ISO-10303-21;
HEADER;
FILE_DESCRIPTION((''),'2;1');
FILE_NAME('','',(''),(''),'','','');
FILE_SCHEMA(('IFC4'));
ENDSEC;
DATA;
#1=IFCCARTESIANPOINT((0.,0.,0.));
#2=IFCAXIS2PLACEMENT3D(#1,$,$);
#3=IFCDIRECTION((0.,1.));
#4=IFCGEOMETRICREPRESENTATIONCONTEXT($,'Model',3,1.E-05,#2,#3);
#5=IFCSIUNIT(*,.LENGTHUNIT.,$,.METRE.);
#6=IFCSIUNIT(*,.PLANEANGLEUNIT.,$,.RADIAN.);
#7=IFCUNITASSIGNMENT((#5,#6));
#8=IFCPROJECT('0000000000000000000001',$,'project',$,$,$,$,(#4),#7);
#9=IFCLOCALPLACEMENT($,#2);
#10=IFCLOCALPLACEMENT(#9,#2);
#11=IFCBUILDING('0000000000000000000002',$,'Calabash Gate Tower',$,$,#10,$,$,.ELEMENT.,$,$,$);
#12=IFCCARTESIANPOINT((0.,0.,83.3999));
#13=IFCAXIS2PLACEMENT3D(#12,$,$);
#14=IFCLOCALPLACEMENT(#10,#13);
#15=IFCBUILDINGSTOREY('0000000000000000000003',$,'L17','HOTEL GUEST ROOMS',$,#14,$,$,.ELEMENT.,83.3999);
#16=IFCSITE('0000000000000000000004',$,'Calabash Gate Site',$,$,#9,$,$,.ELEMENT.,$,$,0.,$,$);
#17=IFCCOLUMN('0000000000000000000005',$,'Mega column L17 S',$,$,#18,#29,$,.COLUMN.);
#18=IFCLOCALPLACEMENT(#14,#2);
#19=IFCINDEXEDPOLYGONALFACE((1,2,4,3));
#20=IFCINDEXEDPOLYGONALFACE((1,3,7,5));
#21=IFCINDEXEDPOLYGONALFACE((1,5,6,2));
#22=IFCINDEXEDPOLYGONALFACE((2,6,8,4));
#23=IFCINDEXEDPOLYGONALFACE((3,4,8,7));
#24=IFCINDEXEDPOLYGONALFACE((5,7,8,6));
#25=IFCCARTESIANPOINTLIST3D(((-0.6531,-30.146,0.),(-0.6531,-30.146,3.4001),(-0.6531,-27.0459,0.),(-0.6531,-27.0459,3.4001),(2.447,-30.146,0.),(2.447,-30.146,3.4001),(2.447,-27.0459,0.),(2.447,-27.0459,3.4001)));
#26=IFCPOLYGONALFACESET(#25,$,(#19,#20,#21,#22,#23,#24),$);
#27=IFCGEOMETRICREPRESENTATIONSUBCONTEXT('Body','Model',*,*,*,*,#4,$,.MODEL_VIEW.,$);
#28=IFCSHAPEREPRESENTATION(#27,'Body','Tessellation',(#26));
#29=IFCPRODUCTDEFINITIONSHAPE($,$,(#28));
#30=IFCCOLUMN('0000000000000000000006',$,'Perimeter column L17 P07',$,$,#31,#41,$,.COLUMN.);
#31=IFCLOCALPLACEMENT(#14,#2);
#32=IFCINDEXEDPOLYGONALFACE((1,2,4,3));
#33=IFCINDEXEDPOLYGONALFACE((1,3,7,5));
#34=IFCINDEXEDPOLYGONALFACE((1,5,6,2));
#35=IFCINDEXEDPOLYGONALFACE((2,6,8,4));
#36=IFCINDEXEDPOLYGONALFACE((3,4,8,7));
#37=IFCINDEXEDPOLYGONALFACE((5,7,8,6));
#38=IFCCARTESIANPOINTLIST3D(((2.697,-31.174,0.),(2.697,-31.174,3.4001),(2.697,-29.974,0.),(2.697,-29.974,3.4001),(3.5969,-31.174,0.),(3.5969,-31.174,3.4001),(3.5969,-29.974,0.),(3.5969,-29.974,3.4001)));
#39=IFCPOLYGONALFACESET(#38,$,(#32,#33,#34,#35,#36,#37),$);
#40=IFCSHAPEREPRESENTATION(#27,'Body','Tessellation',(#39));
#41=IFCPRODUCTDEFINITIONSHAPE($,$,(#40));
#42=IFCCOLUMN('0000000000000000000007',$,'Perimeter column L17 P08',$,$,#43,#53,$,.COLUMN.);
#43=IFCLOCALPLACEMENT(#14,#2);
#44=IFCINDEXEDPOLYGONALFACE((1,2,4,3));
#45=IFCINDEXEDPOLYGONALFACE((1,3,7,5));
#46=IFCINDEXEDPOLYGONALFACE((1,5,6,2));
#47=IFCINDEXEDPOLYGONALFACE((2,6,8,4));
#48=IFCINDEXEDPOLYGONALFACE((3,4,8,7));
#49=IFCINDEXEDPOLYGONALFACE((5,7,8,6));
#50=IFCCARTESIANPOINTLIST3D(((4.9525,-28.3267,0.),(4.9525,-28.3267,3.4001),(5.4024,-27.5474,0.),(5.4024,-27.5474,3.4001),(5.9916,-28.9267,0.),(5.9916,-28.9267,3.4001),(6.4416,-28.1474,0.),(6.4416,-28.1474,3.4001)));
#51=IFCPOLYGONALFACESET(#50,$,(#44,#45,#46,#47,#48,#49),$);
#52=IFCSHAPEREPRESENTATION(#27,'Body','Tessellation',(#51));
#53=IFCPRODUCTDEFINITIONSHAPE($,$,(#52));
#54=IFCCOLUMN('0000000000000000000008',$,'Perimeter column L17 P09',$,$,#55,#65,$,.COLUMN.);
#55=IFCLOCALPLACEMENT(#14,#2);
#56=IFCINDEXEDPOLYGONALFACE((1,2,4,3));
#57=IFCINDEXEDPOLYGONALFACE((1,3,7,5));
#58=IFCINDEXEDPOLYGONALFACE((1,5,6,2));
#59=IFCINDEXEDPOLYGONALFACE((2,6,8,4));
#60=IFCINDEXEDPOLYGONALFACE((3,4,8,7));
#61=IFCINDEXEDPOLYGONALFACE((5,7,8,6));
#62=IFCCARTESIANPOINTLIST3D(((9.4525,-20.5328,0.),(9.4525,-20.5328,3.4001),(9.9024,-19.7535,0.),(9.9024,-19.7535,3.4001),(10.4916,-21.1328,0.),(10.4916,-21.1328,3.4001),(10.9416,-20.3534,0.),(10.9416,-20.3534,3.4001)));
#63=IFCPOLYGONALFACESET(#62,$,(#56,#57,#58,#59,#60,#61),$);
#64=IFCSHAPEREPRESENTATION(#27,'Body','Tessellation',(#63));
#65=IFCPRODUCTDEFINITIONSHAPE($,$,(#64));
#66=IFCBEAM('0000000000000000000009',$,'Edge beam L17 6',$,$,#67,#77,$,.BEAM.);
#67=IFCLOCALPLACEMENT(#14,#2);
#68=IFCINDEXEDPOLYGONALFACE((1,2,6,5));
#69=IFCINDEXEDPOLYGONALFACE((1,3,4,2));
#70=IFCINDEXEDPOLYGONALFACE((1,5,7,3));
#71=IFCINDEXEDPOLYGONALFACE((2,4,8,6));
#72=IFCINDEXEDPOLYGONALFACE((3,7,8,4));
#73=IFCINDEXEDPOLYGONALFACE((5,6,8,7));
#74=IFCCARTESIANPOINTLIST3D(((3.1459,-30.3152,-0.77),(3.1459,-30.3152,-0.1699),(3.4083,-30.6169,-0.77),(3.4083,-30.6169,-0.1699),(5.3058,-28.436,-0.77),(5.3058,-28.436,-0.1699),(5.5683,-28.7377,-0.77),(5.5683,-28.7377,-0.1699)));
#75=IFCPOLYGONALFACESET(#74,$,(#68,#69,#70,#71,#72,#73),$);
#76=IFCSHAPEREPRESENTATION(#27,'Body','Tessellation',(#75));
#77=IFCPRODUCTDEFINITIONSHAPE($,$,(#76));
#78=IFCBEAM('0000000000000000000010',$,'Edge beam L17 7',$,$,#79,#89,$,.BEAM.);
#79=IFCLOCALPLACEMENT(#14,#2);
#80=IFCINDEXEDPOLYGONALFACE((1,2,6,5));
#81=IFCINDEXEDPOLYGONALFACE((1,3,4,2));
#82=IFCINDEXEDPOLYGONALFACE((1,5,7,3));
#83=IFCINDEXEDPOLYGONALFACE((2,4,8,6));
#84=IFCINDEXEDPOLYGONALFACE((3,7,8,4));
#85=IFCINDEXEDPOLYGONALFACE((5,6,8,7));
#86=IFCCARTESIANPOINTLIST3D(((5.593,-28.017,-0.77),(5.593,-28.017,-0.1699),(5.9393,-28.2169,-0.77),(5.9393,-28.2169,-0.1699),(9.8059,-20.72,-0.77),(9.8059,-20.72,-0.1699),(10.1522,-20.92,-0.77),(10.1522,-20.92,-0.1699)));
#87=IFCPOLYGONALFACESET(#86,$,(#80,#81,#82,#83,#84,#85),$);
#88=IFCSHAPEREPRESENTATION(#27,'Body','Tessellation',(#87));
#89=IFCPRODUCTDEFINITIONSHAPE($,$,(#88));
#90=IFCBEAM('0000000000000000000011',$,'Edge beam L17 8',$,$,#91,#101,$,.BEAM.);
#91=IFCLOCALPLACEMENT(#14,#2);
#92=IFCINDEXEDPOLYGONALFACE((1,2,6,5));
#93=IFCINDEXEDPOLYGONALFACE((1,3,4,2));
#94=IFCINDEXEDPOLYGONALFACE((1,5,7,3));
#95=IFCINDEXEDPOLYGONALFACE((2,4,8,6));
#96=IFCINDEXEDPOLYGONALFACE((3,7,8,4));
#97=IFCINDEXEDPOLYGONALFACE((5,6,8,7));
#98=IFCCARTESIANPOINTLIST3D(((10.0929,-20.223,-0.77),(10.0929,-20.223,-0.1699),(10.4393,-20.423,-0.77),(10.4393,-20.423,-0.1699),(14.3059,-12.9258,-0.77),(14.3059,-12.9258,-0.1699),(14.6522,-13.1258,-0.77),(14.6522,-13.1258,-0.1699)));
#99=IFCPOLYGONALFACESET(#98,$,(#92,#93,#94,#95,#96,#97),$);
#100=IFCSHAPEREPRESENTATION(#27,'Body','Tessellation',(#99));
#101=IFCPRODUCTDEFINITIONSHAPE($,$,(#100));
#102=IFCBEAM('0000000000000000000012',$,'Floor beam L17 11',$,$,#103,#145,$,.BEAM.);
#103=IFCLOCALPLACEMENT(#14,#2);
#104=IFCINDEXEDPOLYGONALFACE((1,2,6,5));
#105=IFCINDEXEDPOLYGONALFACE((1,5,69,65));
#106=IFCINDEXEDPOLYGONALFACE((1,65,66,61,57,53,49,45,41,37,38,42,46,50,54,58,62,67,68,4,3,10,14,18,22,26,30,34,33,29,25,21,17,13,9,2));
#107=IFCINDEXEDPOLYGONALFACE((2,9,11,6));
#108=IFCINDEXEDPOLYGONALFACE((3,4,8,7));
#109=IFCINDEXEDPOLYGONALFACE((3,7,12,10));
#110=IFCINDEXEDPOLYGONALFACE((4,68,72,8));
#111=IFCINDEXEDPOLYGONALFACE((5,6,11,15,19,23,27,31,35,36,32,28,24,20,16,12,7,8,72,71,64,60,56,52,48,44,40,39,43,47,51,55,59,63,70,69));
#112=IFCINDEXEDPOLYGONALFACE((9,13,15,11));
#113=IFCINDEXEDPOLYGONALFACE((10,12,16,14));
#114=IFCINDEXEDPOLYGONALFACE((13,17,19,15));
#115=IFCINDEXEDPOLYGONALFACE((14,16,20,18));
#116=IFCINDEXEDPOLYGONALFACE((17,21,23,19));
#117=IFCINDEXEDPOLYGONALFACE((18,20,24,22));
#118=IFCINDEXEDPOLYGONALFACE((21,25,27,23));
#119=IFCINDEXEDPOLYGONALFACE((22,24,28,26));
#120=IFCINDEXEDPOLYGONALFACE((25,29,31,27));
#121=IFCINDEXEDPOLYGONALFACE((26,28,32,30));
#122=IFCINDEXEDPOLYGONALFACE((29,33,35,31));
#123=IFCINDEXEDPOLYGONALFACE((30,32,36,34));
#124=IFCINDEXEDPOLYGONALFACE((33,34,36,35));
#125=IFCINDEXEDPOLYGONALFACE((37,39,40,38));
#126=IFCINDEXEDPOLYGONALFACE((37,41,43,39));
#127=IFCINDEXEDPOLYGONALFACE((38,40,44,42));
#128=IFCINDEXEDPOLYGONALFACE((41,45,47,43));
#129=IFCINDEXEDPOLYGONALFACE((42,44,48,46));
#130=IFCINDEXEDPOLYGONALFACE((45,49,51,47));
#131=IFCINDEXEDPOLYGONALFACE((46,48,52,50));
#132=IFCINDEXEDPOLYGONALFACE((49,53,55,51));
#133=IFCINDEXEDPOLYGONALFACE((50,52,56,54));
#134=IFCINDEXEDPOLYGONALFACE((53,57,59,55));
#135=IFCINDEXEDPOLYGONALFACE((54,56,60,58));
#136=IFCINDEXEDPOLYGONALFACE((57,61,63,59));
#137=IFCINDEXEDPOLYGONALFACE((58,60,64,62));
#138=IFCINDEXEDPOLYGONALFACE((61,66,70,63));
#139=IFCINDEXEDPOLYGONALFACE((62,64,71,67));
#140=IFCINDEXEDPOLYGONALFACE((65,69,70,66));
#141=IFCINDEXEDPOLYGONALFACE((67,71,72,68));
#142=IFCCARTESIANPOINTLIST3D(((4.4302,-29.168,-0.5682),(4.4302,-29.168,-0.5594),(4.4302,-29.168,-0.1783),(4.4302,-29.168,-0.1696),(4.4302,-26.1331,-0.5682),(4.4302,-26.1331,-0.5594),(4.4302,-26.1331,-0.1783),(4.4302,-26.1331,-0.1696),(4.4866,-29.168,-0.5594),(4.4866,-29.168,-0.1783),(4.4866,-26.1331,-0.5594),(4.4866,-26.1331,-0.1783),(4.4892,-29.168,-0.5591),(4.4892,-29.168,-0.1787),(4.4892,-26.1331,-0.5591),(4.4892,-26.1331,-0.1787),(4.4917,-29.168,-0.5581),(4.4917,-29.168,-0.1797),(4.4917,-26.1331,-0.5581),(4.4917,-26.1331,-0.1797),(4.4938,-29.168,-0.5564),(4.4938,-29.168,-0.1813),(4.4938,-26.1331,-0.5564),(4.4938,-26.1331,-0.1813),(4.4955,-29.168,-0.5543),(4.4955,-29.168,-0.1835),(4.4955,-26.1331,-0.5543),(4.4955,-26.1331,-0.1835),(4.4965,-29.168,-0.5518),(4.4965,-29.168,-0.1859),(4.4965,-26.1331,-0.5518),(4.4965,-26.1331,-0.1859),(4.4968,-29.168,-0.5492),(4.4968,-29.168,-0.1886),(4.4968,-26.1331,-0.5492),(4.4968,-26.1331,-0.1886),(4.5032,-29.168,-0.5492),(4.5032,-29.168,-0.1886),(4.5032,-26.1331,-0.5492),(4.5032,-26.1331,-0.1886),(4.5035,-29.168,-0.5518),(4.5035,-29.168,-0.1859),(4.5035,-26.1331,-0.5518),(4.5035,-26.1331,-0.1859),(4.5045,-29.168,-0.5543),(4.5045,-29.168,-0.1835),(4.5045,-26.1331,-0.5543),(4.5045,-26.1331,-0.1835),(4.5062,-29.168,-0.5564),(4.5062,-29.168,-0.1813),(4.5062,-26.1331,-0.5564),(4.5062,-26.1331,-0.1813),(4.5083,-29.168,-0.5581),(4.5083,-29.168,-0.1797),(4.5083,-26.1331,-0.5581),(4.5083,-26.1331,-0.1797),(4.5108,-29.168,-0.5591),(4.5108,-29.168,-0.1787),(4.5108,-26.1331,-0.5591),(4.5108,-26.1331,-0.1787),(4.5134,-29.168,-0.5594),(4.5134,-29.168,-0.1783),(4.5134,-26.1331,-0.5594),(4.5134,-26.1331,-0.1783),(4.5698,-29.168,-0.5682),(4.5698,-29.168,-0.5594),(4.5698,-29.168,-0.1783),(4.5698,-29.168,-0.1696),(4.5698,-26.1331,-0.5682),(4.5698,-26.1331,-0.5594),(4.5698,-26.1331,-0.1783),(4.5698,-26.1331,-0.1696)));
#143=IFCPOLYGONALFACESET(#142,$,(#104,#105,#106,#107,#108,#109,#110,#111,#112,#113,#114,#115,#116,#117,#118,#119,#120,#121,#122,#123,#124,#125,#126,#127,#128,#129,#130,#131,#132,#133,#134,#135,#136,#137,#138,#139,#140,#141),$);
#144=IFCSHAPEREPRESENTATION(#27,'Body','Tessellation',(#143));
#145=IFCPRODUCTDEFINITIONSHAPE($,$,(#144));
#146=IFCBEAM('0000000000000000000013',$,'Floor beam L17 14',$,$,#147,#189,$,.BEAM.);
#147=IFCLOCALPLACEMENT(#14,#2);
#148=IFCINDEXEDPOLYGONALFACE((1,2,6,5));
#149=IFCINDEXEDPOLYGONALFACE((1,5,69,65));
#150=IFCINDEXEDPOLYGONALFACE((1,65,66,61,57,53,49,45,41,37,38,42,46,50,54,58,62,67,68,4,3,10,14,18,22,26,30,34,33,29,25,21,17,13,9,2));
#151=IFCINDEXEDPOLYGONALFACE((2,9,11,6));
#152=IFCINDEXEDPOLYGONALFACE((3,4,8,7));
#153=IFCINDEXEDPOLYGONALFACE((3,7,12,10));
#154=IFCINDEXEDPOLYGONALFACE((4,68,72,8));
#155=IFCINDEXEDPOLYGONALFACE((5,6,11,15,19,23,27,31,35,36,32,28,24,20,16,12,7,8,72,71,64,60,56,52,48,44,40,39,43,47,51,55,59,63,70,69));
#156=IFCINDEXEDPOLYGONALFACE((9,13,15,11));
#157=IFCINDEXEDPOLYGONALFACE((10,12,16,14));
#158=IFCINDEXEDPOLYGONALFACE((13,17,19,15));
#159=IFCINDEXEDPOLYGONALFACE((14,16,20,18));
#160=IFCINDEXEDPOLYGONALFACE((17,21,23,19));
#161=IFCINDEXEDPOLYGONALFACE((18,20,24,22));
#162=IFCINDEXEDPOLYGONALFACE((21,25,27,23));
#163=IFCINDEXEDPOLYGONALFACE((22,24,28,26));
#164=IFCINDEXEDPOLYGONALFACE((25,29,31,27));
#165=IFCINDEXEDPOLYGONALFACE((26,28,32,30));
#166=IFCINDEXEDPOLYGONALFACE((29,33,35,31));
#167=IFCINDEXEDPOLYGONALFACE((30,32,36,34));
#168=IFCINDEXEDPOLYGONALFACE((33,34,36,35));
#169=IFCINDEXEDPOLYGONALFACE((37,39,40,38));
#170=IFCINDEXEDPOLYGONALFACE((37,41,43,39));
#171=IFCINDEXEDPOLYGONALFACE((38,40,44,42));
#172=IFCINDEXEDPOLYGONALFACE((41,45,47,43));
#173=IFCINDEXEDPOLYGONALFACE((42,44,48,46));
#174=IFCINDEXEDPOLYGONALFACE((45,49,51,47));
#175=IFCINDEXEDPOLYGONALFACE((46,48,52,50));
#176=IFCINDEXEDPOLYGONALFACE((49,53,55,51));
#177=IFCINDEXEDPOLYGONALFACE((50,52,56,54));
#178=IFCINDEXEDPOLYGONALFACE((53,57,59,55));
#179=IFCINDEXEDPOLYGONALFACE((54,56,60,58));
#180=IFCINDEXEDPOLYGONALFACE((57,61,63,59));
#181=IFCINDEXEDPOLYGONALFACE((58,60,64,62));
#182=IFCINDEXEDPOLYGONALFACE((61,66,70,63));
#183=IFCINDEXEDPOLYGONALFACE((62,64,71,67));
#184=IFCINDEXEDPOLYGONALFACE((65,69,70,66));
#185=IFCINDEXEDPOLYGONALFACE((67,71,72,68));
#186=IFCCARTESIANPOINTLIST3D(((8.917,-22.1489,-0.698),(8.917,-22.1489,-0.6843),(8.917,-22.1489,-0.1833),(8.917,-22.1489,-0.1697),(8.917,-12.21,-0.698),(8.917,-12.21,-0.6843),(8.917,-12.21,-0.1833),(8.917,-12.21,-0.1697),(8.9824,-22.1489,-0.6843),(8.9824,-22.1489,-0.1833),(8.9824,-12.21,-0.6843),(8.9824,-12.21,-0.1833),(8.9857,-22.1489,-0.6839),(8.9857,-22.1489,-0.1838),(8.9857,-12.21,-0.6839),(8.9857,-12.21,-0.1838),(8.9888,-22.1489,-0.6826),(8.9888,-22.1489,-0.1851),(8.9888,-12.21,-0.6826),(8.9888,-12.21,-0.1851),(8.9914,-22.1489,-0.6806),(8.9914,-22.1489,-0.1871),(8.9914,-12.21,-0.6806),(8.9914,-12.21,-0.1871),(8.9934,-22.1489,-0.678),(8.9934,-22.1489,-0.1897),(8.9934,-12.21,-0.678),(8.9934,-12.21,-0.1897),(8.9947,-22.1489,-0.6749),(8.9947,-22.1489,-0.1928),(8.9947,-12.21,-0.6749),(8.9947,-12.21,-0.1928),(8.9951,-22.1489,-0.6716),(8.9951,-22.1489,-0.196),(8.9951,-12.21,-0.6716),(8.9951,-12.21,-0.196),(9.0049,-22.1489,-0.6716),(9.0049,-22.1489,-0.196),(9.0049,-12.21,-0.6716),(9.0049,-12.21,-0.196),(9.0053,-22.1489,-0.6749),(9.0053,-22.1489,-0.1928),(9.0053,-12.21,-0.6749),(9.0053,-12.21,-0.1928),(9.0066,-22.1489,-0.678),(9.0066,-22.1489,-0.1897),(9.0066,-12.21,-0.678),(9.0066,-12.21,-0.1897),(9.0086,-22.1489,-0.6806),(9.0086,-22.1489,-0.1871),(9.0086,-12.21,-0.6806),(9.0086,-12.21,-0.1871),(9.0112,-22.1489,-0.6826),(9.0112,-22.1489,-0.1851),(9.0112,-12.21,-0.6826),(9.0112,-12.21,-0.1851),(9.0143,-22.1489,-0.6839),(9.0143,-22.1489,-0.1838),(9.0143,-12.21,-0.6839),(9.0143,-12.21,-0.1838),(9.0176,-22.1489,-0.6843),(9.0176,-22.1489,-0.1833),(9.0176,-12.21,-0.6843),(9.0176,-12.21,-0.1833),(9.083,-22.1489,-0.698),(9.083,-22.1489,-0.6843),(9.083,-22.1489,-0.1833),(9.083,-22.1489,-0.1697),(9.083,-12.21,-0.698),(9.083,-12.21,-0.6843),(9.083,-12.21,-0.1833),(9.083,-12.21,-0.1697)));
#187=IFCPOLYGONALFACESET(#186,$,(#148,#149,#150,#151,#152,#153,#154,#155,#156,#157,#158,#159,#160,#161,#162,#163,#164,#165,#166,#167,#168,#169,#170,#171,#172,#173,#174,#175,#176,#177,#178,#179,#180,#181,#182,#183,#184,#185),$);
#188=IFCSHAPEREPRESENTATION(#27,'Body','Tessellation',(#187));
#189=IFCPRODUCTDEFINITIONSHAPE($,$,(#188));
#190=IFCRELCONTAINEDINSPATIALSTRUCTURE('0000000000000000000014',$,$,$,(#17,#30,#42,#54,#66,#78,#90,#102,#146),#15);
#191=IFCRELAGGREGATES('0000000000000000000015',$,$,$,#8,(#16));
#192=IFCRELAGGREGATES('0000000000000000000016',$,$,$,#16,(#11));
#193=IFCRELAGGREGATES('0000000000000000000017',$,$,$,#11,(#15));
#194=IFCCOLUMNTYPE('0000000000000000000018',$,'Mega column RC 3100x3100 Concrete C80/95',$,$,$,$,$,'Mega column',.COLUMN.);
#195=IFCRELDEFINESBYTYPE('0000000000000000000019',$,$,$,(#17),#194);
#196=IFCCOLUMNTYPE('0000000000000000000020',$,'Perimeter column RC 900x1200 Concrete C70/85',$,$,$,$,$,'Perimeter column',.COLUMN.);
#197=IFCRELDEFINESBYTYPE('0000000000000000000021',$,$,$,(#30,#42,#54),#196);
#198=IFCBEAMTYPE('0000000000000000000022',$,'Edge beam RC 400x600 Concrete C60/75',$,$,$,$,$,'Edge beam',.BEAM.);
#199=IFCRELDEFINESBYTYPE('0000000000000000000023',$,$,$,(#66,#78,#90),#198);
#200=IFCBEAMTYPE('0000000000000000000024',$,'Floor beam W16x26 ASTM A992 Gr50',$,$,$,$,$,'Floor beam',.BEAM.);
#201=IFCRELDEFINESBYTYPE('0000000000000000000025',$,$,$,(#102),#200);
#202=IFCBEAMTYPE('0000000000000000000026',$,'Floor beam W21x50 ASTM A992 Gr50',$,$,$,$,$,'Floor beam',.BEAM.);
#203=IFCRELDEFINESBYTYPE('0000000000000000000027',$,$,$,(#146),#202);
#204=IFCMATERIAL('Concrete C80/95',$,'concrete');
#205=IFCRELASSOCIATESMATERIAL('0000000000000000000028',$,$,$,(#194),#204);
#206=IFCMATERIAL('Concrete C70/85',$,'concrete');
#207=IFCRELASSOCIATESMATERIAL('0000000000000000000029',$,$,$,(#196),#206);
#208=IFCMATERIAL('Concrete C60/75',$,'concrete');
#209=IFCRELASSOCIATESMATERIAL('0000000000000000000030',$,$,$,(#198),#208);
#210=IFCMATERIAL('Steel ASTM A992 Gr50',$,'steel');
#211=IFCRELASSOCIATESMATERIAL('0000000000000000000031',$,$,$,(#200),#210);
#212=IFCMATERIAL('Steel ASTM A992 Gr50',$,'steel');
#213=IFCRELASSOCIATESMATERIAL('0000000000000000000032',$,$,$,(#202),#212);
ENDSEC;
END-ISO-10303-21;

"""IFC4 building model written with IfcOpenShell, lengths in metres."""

from ifc_helpers import new_model, si_unit, direction, frame, origin, origin_2d, place, context, subcontext, project, spatial, rectangle, i_section, extrude, material, material_profile, profile_set, type_object, element, save


model = new_model("IFC4")

# Units and contexts
model_context = context("Model", 3, precision=1e-05, world=origin(), true_north=direction((0.0, 1.0)))
body_context = subcontext(model_context, "Body", "Model", "MODEL_VIEW")
ifc_project = project(units=[si_unit("LENGTHUNIT", "METRE"), si_unit("PLANEANGLEUNIT", "RADIAN")], contexts=[model_context])

# Site, building, storey
site_placement = place(None, origin())
site = spatial("IfcSite", under=ifc_project, at=site_placement, Name="Calabash Gate Site", CompositionType="ELEMENT", RefElevation=0.0)
building_placement = place(site_placement, origin())
building = spatial("IfcBuilding", under=site, at=building_placement, Name="Calabash Gate Tower", CompositionType="ELEMENT")
storey_placement = place(building_placement, frame((0.0, 0.0, 83.3999)))
storey = spatial("IfcBuildingStorey", under=building, at=storey_placement, Name="L17", Description="HOTEL GUEST ROOMS", CompositionType="ELEMENT", Elevation=83.3999)

# Columns
ifc_material_1 = material(Name="Concrete C80/95", Category="concrete")
ifc_material_profile_1 = material_profile(ifc_material_1, rectangle(XDim=3.1001, YDim=3.1001, at=origin_2d()))
ifc_profile_set_1 = profile_set([ifc_material_profile_1], Name="Concrete C80/95")
column_type_1 = type_object("IfcColumnType", Name="Mega column RC 3100x3100 Concrete C80/95", ElementType="Mega column", PredefinedType="COLUMN", material=ifc_profile_set_1)
column_placement = place(storey_placement, frame((0.897, -28.5959, 0.0), z_axis=(0.0, 0.0, 1.0), x_axis=(0.0, 1.0, 0.0)))
element("IfcColumn", 1, at=column_placement, inside=storey, type_object=column_type_1, Name="Mega column L17 S", PredefinedType="COLUMN", context=body_context, shape_type="SweptSolid", body=[
    extrude(rectangle(XDim=3.1001, YDim=3.1001, at=origin_2d()), origin(), (0.0, 0.0, 1.0), 3.4001),
])
ifc_material_2 = material(Name="Concrete C70/85", Category="concrete")
ifc_material_profile_2 = material_profile(ifc_material_2, rectangle(XDim=0.8999, YDim=1.2, at=origin_2d()))
ifc_profile_set_2 = profile_set([ifc_material_profile_2], Name="Concrete C70/85")
column_type_2 = type_object("IfcColumnType", Name="Perimeter column RC 900x1200 Concrete C70/85", ElementType="Perimeter column", PredefinedType="COLUMN", material=ifc_profile_set_2)
for number, where, z_axis, x_axis, name in (
    (2, (3.147, -30.574, 0.0), (0.0, 0.0, 1.0), (1.0, 0.0, 0.0), "Perimeter column L17 P07"),
    (3, (5.697, -28.2371, 0.0), (0.0, 0.0, 1.0), (0.5, 0.866025, 0.0), "Perimeter column L17 P08"),
    (4, (10.197, -20.4431, 0.0), (0.0, 0.0, 1.0), (0.5, 0.866025, 0.0), "Perimeter column L17 P09"),
):
    element("IfcColumn", number, at=place(storey_placement, frame(where, z_axis=z_axis, x_axis=x_axis)), inside=storey, type_object=column_type_2, Name=name, PredefinedType="COLUMN", context=body_context, shape_type="SweptSolid", body=[
        extrude(rectangle(XDim=0.8999, YDim=1.2, at=origin_2d()), origin(), (0.0, 0.0, 1.0), 3.4001),
    ])

# Beams
ifc_material_3 = material(Name="Concrete C60/75", Category="concrete")
ifc_material_profile_3 = material_profile(ifc_material_3, rectangle(XDim=0.3999, YDim=0.6001, at=origin_2d()))
ifc_profile_set_3 = profile_set([ifc_material_profile_3], Name="Concrete C60/75")
beam_type_1 = type_object("IfcBeamType", Name="Edge beam RC 400x600 Concrete C60/75", ElementType="Edge beam", PredefinedType="BEAM", material=ifc_profile_set_3)
beam_1_placement = place(storey_placement, frame((3.2771, -30.4661, -0.47), z_axis=(0.754438, 0.656371, 0.0), x_axis=(-0.656371, 0.754438, 0.0)))
element("IfcBeam", 5, at=beam_1_placement, inside=storey, type_object=beam_type_1, Name="Edge beam L17 6", PredefinedType="BEAM", context=body_context, shape_type="SweptSolid", body=[
    extrude(rectangle(XDim=0.3999, YDim=0.6001, at=origin_2d()), origin(), (0.0, 0.0, 1.0), 2.863),
])
beam_2_placement = place(storey_placement, frame((5.7661, -28.1169, -0.47), z_axis=(0.500003, 0.866023, 0.0), x_axis=(-0.866023, 0.500003, 0.0)))
element("IfcBeam", 6, at=beam_2_placement, inside=storey, type_object=beam_type_1, Name="Edge beam L17 7", PredefinedType="BEAM", context=body_context, shape_type="SweptSolid", body=[
    extrude(rectangle(XDim=0.3999, YDim=0.6001, at=origin_2d()), origin(), (0.0, 0.0, 1.0), 8.4258),
])
beam_3_placement = place(storey_placement, frame((10.2661, -20.323, -0.47), z_axis=(0.499991, 0.866031, 0.0), x_axis=(-0.866031, 0.499991, 0.0)))
element("IfcBeam", 7, at=beam_3_placement, inside=storey, type_object=beam_type_1, Name="Edge beam L17 8", PredefinedType="BEAM", context=body_context, shape_type="SweptSolid", body=[
    extrude(rectangle(XDim=0.3999, YDim=0.6001, at=origin_2d()), origin(), (0.0, 0.0, 1.0), 8.426),
])
ifc_material_4 = material(Name="Steel ASTM A992 Gr50", Category="steel")
ifc_material_profile_4 = material_profile(ifc_material_4, i_section(OverallWidth=0.1396, OverallDepth=0.3987, WebThickness=0.0063, FlangeThickness=0.0088, FilletRadius=0.0103, at=origin_2d()))
ifc_profile_set_4 = profile_set([ifc_material_profile_4], Name="Steel ASTM A992 Gr50")
beam_type_2 = type_object("IfcBeamType", Name="Floor beam W16x26 ASTM A992 Gr50", ElementType="Floor beam", PredefinedType="BEAM", material=ifc_profile_set_4)
beam_4_placement = place(storey_placement, frame((4.5, -29.168, -0.3689), z_axis=(0.0, 1.0, 0.0), x_axis=(-1.0, 0.0, 0.0)))
element("IfcBeam", 8, at=beam_4_placement, inside=storey, type_object=beam_type_2, Name="Floor beam L17 11", PredefinedType="BEAM", context=body_context, shape_type="SweptSolid", body=[
    extrude(i_section(OverallWidth=0.1396, OverallDepth=0.3987, WebThickness=0.0063, FlangeThickness=0.0088, FilletRadius=0.0103, at=origin_2d()), origin(), (0.0, 0.0, 1.0), 3.0349),
])
ifc_material_5 = material(Name="Steel ASTM A992 Gr50", Category="steel")
ifc_material_profile_5 = material_profile(ifc_material_5, i_section(OverallWidth=0.166, OverallDepth=0.5283, WebThickness=0.0098, FlangeThickness=0.0137, FilletRadius=0.0127, at=origin_2d()))
ifc_profile_set_5 = profile_set([ifc_material_profile_5], Name="Steel ASTM A992 Gr50")
beam_type_3 = type_object("IfcBeamType", Name="Floor beam W21x50 ASTM A992 Gr50", ElementType="Floor beam", PredefinedType="BEAM", material=ifc_profile_set_5)
beam_5_placement = place(storey_placement, frame((9.0, -22.1489, -0.4338), z_axis=(0.0, 1.0, 0.0), x_axis=(-1.0, 0.0, 0.0)))
element("IfcBeam", 9, at=beam_5_placement, inside=storey, type_object=beam_type_3, Name="Floor beam L17 14", PredefinedType="BEAM", context=body_context, shape_type="SweptSolid", body=[
    extrude(i_section(OverallWidth=0.166, OverallDepth=0.5283, WebThickness=0.0098, FlangeThickness=0.0137, FilletRadius=0.0127, at=origin_2d()), origin(), (0.0, 0.0, 1.0), 9.939),
])

save(model, "model.ifc")
